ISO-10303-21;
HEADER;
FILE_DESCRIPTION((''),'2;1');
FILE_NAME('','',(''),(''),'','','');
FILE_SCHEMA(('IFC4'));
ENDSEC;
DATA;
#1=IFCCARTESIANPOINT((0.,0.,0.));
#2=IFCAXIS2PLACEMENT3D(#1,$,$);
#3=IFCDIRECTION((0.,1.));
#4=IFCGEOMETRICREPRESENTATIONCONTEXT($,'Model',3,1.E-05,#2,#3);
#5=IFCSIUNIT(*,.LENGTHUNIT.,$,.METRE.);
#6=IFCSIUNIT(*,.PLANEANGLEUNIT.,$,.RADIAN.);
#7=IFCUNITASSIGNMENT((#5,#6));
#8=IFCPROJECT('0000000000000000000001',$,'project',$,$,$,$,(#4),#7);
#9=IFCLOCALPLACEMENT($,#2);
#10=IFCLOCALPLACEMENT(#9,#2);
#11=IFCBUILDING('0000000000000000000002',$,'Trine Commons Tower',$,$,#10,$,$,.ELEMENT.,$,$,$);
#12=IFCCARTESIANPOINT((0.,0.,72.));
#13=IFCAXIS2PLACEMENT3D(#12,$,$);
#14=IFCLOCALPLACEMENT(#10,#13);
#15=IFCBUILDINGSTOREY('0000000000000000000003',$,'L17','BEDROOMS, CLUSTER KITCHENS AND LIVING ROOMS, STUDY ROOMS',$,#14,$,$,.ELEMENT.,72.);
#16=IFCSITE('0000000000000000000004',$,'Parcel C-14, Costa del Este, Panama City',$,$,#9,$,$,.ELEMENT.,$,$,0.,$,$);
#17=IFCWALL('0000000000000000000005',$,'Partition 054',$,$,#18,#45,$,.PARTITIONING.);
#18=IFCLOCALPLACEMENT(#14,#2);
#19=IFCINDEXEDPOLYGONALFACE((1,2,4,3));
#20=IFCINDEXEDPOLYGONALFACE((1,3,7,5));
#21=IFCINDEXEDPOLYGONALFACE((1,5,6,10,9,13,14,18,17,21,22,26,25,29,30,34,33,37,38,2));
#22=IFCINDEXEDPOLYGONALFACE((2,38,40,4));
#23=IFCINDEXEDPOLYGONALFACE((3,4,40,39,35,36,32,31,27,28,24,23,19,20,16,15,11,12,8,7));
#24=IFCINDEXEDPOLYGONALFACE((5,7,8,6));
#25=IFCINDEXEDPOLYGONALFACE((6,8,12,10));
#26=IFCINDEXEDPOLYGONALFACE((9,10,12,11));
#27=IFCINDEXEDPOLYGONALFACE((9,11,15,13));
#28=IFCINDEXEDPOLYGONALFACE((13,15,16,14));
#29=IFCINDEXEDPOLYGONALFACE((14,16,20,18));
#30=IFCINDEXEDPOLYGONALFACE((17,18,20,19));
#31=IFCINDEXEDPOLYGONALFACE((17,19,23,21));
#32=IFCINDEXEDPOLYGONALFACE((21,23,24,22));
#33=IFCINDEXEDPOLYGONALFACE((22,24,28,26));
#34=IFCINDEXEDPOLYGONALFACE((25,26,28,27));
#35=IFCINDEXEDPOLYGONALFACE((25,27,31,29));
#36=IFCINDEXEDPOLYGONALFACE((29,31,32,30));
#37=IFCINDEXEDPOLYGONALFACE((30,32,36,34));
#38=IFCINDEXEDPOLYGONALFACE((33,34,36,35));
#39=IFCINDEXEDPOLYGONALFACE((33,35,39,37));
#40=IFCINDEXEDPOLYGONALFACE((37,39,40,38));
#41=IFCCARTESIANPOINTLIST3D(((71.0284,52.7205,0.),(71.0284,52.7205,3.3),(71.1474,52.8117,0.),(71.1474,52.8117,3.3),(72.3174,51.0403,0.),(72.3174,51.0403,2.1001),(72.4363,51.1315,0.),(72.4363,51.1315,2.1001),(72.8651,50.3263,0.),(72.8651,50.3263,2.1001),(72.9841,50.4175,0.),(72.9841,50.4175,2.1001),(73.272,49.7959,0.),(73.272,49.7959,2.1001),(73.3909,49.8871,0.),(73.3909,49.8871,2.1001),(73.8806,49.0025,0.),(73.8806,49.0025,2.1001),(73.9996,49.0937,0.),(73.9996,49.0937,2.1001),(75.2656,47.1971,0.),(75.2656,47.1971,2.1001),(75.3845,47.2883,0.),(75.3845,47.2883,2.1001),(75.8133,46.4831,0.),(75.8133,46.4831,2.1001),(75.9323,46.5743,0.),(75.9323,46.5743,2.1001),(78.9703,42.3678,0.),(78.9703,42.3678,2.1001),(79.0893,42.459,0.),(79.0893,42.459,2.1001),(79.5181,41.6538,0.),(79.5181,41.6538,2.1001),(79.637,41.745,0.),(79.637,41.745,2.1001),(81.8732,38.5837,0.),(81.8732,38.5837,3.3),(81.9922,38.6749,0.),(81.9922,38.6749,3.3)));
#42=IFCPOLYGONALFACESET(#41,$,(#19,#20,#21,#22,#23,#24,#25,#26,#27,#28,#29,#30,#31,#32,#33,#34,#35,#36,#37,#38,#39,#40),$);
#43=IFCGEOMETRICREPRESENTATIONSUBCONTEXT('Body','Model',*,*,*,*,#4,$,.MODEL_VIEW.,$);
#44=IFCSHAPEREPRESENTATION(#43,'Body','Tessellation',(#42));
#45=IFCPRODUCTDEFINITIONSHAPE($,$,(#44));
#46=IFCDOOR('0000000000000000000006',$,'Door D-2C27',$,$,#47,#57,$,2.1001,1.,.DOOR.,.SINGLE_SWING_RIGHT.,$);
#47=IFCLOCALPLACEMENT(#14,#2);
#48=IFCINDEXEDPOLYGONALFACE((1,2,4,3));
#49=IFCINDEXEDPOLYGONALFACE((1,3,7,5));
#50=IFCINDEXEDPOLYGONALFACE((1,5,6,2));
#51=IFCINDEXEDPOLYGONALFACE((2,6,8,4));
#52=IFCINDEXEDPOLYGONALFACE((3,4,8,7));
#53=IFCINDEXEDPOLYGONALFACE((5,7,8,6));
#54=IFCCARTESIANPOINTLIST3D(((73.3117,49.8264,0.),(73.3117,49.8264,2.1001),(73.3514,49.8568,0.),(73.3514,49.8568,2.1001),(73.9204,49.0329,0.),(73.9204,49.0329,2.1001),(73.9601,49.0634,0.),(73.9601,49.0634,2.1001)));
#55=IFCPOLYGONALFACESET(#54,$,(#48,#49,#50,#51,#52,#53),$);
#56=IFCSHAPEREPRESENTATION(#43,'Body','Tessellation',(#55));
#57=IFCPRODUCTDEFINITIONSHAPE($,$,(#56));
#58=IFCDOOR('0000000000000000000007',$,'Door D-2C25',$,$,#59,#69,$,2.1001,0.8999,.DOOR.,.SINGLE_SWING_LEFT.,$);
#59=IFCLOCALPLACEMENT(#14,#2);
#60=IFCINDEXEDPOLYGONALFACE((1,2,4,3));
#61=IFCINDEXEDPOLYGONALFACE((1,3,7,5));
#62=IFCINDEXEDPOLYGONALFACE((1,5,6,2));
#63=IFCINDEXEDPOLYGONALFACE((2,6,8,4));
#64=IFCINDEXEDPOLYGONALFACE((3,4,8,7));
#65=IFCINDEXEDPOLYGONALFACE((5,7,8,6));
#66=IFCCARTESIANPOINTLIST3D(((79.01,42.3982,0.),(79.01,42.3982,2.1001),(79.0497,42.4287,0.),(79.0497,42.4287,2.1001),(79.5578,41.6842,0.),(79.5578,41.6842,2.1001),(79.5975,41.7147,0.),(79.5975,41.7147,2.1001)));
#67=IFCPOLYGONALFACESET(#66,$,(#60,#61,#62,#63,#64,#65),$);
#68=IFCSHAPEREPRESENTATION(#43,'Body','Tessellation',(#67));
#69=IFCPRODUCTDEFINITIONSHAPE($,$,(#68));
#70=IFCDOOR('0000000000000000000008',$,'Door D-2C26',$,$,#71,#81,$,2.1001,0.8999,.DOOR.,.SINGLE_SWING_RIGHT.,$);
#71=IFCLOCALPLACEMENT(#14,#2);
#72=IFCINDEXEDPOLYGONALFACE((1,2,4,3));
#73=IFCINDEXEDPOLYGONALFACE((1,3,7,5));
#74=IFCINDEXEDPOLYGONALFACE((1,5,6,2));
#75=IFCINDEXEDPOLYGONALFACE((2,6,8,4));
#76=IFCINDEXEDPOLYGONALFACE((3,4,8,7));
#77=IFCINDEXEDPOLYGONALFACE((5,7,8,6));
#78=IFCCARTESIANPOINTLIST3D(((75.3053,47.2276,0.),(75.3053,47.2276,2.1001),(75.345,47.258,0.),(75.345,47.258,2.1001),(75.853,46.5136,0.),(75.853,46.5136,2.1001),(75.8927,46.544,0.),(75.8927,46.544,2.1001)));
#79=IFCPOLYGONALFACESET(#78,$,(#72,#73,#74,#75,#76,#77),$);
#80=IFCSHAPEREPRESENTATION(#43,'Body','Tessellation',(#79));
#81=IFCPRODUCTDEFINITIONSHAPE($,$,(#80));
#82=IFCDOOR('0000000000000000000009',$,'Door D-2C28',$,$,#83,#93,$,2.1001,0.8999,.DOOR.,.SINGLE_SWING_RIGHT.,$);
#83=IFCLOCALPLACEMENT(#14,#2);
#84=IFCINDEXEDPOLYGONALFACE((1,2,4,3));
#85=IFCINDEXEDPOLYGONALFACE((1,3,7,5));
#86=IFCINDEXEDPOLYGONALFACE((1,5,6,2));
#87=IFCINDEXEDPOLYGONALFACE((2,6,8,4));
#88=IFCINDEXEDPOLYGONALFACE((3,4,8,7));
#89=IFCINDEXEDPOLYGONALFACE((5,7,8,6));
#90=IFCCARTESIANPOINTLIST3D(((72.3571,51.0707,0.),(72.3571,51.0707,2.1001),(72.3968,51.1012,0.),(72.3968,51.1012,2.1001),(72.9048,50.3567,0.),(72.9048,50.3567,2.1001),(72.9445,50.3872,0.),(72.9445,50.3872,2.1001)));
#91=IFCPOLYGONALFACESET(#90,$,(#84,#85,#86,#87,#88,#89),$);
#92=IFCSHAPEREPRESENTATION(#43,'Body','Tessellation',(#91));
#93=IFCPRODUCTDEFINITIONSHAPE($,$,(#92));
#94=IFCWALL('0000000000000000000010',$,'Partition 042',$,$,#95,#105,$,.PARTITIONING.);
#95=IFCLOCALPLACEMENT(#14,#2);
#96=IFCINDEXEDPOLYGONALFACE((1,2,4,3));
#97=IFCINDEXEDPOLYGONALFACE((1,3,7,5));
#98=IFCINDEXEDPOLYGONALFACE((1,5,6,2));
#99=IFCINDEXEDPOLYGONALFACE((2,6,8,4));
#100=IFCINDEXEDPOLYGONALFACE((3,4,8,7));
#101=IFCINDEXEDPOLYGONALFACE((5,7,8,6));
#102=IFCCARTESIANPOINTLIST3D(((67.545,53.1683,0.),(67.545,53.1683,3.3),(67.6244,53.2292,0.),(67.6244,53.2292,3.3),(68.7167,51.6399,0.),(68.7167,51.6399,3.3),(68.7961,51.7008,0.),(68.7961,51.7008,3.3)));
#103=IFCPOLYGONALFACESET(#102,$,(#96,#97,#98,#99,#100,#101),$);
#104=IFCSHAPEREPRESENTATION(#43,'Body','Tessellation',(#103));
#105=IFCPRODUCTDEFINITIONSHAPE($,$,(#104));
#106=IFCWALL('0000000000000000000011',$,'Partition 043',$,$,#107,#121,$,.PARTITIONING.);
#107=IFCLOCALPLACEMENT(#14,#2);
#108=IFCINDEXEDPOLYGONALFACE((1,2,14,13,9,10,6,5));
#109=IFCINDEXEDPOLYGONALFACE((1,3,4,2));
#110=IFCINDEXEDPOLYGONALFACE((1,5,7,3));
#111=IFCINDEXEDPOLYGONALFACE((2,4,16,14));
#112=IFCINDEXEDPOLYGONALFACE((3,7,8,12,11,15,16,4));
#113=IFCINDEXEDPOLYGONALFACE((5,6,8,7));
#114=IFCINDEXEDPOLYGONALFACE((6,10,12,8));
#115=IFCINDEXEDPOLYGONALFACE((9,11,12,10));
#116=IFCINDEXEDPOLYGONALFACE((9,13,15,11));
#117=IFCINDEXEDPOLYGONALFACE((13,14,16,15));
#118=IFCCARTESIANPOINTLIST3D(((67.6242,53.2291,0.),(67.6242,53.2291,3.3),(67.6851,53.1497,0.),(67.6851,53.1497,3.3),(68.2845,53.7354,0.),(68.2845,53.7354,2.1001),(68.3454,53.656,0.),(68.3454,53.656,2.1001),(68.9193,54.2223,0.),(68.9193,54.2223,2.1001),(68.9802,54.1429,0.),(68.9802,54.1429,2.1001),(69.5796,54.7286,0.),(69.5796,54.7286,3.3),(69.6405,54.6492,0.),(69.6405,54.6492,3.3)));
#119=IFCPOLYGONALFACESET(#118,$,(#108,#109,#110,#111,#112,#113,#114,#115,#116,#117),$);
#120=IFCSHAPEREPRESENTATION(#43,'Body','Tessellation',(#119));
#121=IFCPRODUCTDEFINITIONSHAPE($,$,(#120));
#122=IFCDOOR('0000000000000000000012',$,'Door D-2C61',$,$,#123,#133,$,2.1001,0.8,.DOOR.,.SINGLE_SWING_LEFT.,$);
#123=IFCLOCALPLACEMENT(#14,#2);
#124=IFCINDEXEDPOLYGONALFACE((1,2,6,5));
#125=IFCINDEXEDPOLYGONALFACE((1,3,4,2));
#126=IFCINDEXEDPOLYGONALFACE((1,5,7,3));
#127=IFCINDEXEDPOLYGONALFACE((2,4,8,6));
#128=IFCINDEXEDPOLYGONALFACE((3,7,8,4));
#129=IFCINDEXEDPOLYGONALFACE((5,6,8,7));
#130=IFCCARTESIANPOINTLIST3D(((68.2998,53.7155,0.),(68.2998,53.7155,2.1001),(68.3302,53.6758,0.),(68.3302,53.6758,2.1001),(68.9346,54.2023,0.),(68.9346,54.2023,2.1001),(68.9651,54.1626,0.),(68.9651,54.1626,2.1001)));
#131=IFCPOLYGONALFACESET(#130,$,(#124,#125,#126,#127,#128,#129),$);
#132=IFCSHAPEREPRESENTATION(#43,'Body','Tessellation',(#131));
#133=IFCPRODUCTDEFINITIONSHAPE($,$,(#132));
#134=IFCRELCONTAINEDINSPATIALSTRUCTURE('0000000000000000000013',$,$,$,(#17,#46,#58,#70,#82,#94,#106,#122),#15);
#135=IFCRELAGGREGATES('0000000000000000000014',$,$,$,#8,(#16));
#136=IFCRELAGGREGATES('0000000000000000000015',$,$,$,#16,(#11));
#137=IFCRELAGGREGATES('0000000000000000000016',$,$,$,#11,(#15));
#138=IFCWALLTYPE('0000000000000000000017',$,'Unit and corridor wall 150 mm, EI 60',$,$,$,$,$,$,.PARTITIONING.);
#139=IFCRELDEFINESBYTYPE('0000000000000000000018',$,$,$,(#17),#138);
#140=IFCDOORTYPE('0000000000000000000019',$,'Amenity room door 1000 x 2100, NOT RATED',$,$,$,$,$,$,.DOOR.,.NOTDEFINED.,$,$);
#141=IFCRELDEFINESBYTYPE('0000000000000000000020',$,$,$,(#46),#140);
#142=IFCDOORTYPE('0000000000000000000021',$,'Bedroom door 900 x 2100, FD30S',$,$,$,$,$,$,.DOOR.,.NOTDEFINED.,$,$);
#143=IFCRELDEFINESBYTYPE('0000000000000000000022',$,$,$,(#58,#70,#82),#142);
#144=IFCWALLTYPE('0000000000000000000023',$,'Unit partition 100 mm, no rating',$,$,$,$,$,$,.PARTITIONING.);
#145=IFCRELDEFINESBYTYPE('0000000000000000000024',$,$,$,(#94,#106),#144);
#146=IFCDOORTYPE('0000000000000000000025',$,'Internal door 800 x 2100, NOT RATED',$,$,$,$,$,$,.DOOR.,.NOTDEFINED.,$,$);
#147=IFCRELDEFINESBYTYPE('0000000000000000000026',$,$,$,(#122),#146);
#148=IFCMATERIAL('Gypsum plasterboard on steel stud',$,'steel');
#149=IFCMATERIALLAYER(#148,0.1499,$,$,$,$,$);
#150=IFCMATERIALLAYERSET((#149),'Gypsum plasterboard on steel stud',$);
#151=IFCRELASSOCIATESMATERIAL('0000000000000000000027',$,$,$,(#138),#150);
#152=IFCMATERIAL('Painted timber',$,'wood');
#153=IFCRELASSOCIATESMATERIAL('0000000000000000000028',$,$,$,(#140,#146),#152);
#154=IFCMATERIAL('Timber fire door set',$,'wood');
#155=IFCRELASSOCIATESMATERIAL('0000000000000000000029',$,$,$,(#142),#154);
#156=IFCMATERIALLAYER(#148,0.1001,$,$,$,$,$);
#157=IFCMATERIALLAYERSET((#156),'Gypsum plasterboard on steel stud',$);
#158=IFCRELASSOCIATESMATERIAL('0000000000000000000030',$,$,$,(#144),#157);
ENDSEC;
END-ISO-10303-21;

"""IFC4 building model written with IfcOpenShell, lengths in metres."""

from ifc_helpers import new_model, si_unit, direction, frame, frame_2d, origin, place, context, subcontext, project, spatial, rectangle, extrude, material, layer, layer_set, type_object, element, fill, save


model = new_model("IFC4")

# Units and contexts
model_context = context("Model", 3, precision=1e-05, world=origin(), true_north=direction((0.0, 1.0)))
body_context = subcontext(model_context, "Body", "Model", "MODEL_VIEW")
ifc_project = project(units=[si_unit("LENGTHUNIT", "METRE"), si_unit("PLANEANGLEUNIT", "RADIAN")], contexts=[model_context])

# Site, building, storey
site_placement = place(None, origin())
site = spatial("IfcSite", under=ifc_project, at=site_placement, Name="Parcel C-14, Costa del Este, Panama City", CompositionType="ELEMENT", RefElevation=0.0)
building_placement = place(site_placement, origin())
building = spatial("IfcBuilding", under=site, at=building_placement, Name="Trine Commons Tower", CompositionType="ELEMENT")
storey_placement = place(building_placement, frame((0.0, 0.0, 72.0)))
storey = spatial("IfcBuildingStorey", under=building, at=storey_placement, Name="L17", Description="BEDROOMS, CLUSTER KITCHENS AND LIVING ROOMS, STUDY ROOMS", CompositionType="ELEMENT", Elevation=72.0)

# Shared definitions
ifc_material_1 = material(Name="Gypsum plasterboard on steel stud", Category="steel")
ifc_layer_1 = layer(ifc_material_1, 0.1499)
ifc_layer_set_1 = layer_set([ifc_layer_1], Name="Gypsum plasterboard on steel stud")
wall_type_1 = type_object("IfcWallType", Name="Unit and corridor wall 150 mm, EI 60", PredefinedType="PARTITIONING", material=ifc_layer_set_1)

# Wall, openings, doors
wall_1_placement = place(storey_placement, frame((71.0879, 52.7661, 0.0), z_axis=(0.0, 0.0, 1.0), x_axis=(0.608664, -0.793428, 0.0)))
wall_1 = element("IfcWall", 1, at=wall_1_placement, inside=storey, type_object=wall_type_1, Name="Partition 054", PredefinedType="PARTITIONING", context=body_context, shape_type="SweptSolid", body=[
    extrude(rectangle(XDim=17.8174, YDim=0.1499, at=frame_2d((8.9087, 0.0))), origin(), (0.0, 0.0, 1.0), 3.3),
])
opening_1_placement = place(wall_1_placement, frame((13.0481, 0.0, 0.0)))
opening_1 = element("IfcOpeningElement", 2, at=opening_1_placement, cuts=wall_1, PredefinedType="OPENING", context=body_context, shape_type="SweptSolid", body=[
    extrude(rectangle(XDim=0.8999, YDim=2.1001, at=frame_2d((0.45, 1.05))), frame((0.0, 0.085, 0.0), z_axis=(0.0, -1.0, 0.0), x_axis=(1.0, 0.0, 0.0)), (0.0, 0.0, 1.0), 0.1699),
])
opening_2_placement = place(wall_1_placement, frame((6.9614, 0.0, 0.0)))
opening_2 = element("IfcOpeningElement", 3, at=opening_2_placement, cuts=wall_1, PredefinedType="OPENING", context=body_context, shape_type="SweptSolid", body=[
    extrude(rectangle(XDim=0.8999, YDim=2.1001, at=frame_2d((0.45, 1.05))), frame((0.0, 0.085, 0.0), z_axis=(0.0, -1.0, 0.0), x_axis=(1.0, 0.0, 0.0)), (0.0, 0.0, 1.0), 0.1699),
])
opening_3_placement = place(wall_1_placement, frame((3.686, 0.0, 0.0)))
opening_3 = element("IfcOpeningElement", 4, at=opening_3_placement, cuts=wall_1, PredefinedType="OPENING", context=body_context, shape_type="SweptSolid", body=[
    extrude(rectangle(XDim=1.0, YDim=2.1001, at=frame_2d((0.5, 1.05))), frame((0.0, 0.085, 0.0), z_axis=(0.0, -1.0, 0.0), x_axis=(1.0, 0.0, 0.0)), (0.0, 0.0, 1.0), 0.1699),
])
opening_4_placement = place(wall_1_placement, frame((2.1177, 0.0, 0.0)))
opening_4 = element("IfcOpeningElement", 5, at=opening_4_placement, cuts=wall_1, PredefinedType="OPENING", context=body_context, shape_type="SweptSolid", body=[
    extrude(rectangle(XDim=0.8999, YDim=2.1001, at=frame_2d((0.45, 1.05))), frame((0.0, 0.085, 0.0), z_axis=(0.0, -1.0, 0.0), x_axis=(1.0, 0.0, 0.0)), (0.0, 0.0, 1.0), 0.1699),
])
ifc_material_2 = material(Name="Painted timber", Category="wood")
door_type_1 = type_object("IfcDoorType", Name="Amenity room door 1000 x 2100, NOT RATED", OperationType="NOTDEFINED", PredefinedType="DOOR", material=ifc_material_2)
door_1_placement = place(opening_3_placement, frame((1.0, 0.0, 0.0), z_axis=(0.0, 0.0, 1.0), x_axis=(-1.0, 0.0, 0.0)))
door_1 = element("IfcDoor", 6, at=door_1_placement, inside=storey, type_object=door_type_1, Name="Door D-2C27", OperationType="SINGLE_SWING_RIGHT", OverallHeight=2.1001, OverallWidth=1.0, PredefinedType="DOOR", context=body_context, shape_type="SweptSolid", body=[
    extrude(rectangle(XDim=1.0, YDim=2.1001, at=frame_2d((0.5, 1.05))), frame((0.0, 0.0249, 0.0), z_axis=(0.0, -1.0, 0.0), x_axis=(1.0, 0.0, 0.0)), (0.0, 0.0, 1.0), 0.05),
])
fill(opening_3, door_1)
ifc_material_3 = material(Name="Timber fire door set", Category="wood")
door_type_2 = type_object("IfcDoorType", Name="Bedroom door 900 x 2100, FD30S", OperationType="NOTDEFINED", PredefinedType="DOOR", material=ifc_material_3)
door_2_placement = place(opening_1_placement, frame((0.8999, 0.0, 0.0), z_axis=(0.0, 0.0, 1.0), x_axis=(-1.0, 0.0, 0.0)))
door_2 = element("IfcDoor", 7, at=door_2_placement, inside=storey, type_object=door_type_2, Name="Door D-2C25", OperationType="SINGLE_SWING_LEFT", OverallHeight=2.1001, OverallWidth=0.8999, PredefinedType="DOOR", context=body_context, shape_type="SweptSolid", body=[
    extrude(rectangle(XDim=0.8999, YDim=2.1001, at=frame_2d((0.45, 1.05))), frame((0.0, 0.0249, 0.0), z_axis=(0.0, -1.0, 0.0), x_axis=(1.0, 0.0, 0.0)), (0.0, 0.0, 1.0), 0.05),
])
fill(opening_1, door_2)
door_3_placement = place(opening_2_placement, frame((0.8999, 0.0, 0.0), z_axis=(0.0, 0.0, 1.0), x_axis=(-1.0, 0.0, 0.0)))
door_3 = element("IfcDoor", 8, at=door_3_placement, inside=storey, type_object=door_type_2, Name="Door D-2C26", OperationType="SINGLE_SWING_RIGHT", OverallHeight=2.1001, OverallWidth=0.8999, PredefinedType="DOOR", context=body_context, shape_type="SweptSolid", body=[
    extrude(rectangle(XDim=0.8999, YDim=2.1001, at=frame_2d((0.45, 1.05))), frame((0.0, 0.0249, 0.0), z_axis=(0.0, -1.0, 0.0), x_axis=(1.0, 0.0, 0.0)), (0.0, 0.0, 1.0), 0.05),
])
fill(opening_2, door_3)
door_4_placement = place(opening_4_placement, frame((0.8999, 0.0, 0.0), z_axis=(0.0, 0.0, 1.0), x_axis=(-1.0, 0.0, 0.0)))
door_4 = element("IfcDoor", 9, at=door_4_placement, inside=storey, type_object=door_type_2, Name="Door D-2C28", OperationType="SINGLE_SWING_RIGHT", OverallHeight=2.1001, OverallWidth=0.8999, PredefinedType="DOOR", context=body_context, shape_type="SweptSolid", body=[
    extrude(rectangle(XDim=0.8999, YDim=2.1001, at=frame_2d((0.45, 1.05))), frame((0.0, 0.0249, 0.0), z_axis=(0.0, -1.0, 0.0), x_axis=(1.0, 0.0, 0.0)), (0.0, 0.0, 1.0), 0.05),
])
fill(opening_4, door_4)

# Wall
ifc_layer_2 = layer(ifc_material_1, 0.1001)
ifc_layer_set_2 = layer_set([ifc_layer_2], Name="Gypsum plasterboard on steel stud")
wall_type_2 = type_object("IfcWallType", Name="Unit partition 100 mm, no rating", PredefinedType="PARTITIONING", material=ifc_layer_set_2)
wall_2_placement = place(storey_placement, frame((67.5847, 53.1987, 0.0), z_axis=(0.0, 0.0, 1.0), x_axis=(0.608405, -0.793627, 0.0)))
element("IfcWall", 10, at=wall_2_placement, inside=storey, type_object=wall_type_2, Name="Partition 042", PredefinedType="PARTITIONING", context=body_context, shape_type="SweptSolid", body=[
    extrude(rectangle(XDim=1.9258, YDim=0.1001, at=frame_2d((0.9629, 0.0))), origin(), (0.0, 0.0, 1.0), 3.3),
])

# Wall, opening, door
wall_3_placement = place(storey_placement, frame((67.6548, 53.1895, 0.0), z_axis=(0.0, 0.0, 1.0), x_axis=(0.793522, 0.608542, 0.0)))
wall_3 = element("IfcWall", 11, at=wall_3_placement, inside=storey, type_object=wall_type_2, Name="Partition 043", PredefinedType="PARTITIONING", context=body_context, shape_type="SweptSolid", body=[
    extrude(rectangle(XDim=2.4641, YDim=0.1001, at=frame_2d((1.2319, 0.0))), origin(), (0.0, 0.0, 1.0), 3.3),
])
opening_5_placement = place(wall_3_placement, frame((0.832, 0.0, 0.0)))
opening_5 = element("IfcOpeningElement", 12, at=opening_5_placement, cuts=wall_3, PredefinedType="OPENING", context=body_context, shape_type="SweptSolid", body=[
    extrude(rectangle(XDim=0.8, YDim=2.1001, at=frame_2d((0.3999, 1.05))), frame((0.0, 0.0601, 0.0), z_axis=(0.0, -1.0, 0.0), x_axis=(1.0, 0.0, 0.0)), (0.0, 0.0, 1.0), 0.1201),
])
door_type_3 = type_object("IfcDoorType", Name="Internal door 800 x 2100, NOT RATED", OperationType="NOTDEFINED", PredefinedType="DOOR", material=ifc_material_2)
door_5_placement = place(opening_5_placement, origin())
door_5 = element("IfcDoor", 13, at=door_5_placement, inside=storey, type_object=door_type_3, Name="Door D-2C61", OperationType="SINGLE_SWING_LEFT", OverallHeight=2.1001, OverallWidth=0.8, PredefinedType="DOOR", context=body_context, shape_type="SweptSolid", body=[
    extrude(rectangle(XDim=0.8, YDim=2.1001, at=frame_2d((0.3999, 1.05))), frame((0.0, 0.0249, 0.0), z_axis=(0.0, -1.0, 0.0), x_axis=(1.0, 0.0, 0.0)), (0.0, 0.0, 1.0), 0.05),
])
fill(opening_5, door_5)

save(model, "model.ifc")
